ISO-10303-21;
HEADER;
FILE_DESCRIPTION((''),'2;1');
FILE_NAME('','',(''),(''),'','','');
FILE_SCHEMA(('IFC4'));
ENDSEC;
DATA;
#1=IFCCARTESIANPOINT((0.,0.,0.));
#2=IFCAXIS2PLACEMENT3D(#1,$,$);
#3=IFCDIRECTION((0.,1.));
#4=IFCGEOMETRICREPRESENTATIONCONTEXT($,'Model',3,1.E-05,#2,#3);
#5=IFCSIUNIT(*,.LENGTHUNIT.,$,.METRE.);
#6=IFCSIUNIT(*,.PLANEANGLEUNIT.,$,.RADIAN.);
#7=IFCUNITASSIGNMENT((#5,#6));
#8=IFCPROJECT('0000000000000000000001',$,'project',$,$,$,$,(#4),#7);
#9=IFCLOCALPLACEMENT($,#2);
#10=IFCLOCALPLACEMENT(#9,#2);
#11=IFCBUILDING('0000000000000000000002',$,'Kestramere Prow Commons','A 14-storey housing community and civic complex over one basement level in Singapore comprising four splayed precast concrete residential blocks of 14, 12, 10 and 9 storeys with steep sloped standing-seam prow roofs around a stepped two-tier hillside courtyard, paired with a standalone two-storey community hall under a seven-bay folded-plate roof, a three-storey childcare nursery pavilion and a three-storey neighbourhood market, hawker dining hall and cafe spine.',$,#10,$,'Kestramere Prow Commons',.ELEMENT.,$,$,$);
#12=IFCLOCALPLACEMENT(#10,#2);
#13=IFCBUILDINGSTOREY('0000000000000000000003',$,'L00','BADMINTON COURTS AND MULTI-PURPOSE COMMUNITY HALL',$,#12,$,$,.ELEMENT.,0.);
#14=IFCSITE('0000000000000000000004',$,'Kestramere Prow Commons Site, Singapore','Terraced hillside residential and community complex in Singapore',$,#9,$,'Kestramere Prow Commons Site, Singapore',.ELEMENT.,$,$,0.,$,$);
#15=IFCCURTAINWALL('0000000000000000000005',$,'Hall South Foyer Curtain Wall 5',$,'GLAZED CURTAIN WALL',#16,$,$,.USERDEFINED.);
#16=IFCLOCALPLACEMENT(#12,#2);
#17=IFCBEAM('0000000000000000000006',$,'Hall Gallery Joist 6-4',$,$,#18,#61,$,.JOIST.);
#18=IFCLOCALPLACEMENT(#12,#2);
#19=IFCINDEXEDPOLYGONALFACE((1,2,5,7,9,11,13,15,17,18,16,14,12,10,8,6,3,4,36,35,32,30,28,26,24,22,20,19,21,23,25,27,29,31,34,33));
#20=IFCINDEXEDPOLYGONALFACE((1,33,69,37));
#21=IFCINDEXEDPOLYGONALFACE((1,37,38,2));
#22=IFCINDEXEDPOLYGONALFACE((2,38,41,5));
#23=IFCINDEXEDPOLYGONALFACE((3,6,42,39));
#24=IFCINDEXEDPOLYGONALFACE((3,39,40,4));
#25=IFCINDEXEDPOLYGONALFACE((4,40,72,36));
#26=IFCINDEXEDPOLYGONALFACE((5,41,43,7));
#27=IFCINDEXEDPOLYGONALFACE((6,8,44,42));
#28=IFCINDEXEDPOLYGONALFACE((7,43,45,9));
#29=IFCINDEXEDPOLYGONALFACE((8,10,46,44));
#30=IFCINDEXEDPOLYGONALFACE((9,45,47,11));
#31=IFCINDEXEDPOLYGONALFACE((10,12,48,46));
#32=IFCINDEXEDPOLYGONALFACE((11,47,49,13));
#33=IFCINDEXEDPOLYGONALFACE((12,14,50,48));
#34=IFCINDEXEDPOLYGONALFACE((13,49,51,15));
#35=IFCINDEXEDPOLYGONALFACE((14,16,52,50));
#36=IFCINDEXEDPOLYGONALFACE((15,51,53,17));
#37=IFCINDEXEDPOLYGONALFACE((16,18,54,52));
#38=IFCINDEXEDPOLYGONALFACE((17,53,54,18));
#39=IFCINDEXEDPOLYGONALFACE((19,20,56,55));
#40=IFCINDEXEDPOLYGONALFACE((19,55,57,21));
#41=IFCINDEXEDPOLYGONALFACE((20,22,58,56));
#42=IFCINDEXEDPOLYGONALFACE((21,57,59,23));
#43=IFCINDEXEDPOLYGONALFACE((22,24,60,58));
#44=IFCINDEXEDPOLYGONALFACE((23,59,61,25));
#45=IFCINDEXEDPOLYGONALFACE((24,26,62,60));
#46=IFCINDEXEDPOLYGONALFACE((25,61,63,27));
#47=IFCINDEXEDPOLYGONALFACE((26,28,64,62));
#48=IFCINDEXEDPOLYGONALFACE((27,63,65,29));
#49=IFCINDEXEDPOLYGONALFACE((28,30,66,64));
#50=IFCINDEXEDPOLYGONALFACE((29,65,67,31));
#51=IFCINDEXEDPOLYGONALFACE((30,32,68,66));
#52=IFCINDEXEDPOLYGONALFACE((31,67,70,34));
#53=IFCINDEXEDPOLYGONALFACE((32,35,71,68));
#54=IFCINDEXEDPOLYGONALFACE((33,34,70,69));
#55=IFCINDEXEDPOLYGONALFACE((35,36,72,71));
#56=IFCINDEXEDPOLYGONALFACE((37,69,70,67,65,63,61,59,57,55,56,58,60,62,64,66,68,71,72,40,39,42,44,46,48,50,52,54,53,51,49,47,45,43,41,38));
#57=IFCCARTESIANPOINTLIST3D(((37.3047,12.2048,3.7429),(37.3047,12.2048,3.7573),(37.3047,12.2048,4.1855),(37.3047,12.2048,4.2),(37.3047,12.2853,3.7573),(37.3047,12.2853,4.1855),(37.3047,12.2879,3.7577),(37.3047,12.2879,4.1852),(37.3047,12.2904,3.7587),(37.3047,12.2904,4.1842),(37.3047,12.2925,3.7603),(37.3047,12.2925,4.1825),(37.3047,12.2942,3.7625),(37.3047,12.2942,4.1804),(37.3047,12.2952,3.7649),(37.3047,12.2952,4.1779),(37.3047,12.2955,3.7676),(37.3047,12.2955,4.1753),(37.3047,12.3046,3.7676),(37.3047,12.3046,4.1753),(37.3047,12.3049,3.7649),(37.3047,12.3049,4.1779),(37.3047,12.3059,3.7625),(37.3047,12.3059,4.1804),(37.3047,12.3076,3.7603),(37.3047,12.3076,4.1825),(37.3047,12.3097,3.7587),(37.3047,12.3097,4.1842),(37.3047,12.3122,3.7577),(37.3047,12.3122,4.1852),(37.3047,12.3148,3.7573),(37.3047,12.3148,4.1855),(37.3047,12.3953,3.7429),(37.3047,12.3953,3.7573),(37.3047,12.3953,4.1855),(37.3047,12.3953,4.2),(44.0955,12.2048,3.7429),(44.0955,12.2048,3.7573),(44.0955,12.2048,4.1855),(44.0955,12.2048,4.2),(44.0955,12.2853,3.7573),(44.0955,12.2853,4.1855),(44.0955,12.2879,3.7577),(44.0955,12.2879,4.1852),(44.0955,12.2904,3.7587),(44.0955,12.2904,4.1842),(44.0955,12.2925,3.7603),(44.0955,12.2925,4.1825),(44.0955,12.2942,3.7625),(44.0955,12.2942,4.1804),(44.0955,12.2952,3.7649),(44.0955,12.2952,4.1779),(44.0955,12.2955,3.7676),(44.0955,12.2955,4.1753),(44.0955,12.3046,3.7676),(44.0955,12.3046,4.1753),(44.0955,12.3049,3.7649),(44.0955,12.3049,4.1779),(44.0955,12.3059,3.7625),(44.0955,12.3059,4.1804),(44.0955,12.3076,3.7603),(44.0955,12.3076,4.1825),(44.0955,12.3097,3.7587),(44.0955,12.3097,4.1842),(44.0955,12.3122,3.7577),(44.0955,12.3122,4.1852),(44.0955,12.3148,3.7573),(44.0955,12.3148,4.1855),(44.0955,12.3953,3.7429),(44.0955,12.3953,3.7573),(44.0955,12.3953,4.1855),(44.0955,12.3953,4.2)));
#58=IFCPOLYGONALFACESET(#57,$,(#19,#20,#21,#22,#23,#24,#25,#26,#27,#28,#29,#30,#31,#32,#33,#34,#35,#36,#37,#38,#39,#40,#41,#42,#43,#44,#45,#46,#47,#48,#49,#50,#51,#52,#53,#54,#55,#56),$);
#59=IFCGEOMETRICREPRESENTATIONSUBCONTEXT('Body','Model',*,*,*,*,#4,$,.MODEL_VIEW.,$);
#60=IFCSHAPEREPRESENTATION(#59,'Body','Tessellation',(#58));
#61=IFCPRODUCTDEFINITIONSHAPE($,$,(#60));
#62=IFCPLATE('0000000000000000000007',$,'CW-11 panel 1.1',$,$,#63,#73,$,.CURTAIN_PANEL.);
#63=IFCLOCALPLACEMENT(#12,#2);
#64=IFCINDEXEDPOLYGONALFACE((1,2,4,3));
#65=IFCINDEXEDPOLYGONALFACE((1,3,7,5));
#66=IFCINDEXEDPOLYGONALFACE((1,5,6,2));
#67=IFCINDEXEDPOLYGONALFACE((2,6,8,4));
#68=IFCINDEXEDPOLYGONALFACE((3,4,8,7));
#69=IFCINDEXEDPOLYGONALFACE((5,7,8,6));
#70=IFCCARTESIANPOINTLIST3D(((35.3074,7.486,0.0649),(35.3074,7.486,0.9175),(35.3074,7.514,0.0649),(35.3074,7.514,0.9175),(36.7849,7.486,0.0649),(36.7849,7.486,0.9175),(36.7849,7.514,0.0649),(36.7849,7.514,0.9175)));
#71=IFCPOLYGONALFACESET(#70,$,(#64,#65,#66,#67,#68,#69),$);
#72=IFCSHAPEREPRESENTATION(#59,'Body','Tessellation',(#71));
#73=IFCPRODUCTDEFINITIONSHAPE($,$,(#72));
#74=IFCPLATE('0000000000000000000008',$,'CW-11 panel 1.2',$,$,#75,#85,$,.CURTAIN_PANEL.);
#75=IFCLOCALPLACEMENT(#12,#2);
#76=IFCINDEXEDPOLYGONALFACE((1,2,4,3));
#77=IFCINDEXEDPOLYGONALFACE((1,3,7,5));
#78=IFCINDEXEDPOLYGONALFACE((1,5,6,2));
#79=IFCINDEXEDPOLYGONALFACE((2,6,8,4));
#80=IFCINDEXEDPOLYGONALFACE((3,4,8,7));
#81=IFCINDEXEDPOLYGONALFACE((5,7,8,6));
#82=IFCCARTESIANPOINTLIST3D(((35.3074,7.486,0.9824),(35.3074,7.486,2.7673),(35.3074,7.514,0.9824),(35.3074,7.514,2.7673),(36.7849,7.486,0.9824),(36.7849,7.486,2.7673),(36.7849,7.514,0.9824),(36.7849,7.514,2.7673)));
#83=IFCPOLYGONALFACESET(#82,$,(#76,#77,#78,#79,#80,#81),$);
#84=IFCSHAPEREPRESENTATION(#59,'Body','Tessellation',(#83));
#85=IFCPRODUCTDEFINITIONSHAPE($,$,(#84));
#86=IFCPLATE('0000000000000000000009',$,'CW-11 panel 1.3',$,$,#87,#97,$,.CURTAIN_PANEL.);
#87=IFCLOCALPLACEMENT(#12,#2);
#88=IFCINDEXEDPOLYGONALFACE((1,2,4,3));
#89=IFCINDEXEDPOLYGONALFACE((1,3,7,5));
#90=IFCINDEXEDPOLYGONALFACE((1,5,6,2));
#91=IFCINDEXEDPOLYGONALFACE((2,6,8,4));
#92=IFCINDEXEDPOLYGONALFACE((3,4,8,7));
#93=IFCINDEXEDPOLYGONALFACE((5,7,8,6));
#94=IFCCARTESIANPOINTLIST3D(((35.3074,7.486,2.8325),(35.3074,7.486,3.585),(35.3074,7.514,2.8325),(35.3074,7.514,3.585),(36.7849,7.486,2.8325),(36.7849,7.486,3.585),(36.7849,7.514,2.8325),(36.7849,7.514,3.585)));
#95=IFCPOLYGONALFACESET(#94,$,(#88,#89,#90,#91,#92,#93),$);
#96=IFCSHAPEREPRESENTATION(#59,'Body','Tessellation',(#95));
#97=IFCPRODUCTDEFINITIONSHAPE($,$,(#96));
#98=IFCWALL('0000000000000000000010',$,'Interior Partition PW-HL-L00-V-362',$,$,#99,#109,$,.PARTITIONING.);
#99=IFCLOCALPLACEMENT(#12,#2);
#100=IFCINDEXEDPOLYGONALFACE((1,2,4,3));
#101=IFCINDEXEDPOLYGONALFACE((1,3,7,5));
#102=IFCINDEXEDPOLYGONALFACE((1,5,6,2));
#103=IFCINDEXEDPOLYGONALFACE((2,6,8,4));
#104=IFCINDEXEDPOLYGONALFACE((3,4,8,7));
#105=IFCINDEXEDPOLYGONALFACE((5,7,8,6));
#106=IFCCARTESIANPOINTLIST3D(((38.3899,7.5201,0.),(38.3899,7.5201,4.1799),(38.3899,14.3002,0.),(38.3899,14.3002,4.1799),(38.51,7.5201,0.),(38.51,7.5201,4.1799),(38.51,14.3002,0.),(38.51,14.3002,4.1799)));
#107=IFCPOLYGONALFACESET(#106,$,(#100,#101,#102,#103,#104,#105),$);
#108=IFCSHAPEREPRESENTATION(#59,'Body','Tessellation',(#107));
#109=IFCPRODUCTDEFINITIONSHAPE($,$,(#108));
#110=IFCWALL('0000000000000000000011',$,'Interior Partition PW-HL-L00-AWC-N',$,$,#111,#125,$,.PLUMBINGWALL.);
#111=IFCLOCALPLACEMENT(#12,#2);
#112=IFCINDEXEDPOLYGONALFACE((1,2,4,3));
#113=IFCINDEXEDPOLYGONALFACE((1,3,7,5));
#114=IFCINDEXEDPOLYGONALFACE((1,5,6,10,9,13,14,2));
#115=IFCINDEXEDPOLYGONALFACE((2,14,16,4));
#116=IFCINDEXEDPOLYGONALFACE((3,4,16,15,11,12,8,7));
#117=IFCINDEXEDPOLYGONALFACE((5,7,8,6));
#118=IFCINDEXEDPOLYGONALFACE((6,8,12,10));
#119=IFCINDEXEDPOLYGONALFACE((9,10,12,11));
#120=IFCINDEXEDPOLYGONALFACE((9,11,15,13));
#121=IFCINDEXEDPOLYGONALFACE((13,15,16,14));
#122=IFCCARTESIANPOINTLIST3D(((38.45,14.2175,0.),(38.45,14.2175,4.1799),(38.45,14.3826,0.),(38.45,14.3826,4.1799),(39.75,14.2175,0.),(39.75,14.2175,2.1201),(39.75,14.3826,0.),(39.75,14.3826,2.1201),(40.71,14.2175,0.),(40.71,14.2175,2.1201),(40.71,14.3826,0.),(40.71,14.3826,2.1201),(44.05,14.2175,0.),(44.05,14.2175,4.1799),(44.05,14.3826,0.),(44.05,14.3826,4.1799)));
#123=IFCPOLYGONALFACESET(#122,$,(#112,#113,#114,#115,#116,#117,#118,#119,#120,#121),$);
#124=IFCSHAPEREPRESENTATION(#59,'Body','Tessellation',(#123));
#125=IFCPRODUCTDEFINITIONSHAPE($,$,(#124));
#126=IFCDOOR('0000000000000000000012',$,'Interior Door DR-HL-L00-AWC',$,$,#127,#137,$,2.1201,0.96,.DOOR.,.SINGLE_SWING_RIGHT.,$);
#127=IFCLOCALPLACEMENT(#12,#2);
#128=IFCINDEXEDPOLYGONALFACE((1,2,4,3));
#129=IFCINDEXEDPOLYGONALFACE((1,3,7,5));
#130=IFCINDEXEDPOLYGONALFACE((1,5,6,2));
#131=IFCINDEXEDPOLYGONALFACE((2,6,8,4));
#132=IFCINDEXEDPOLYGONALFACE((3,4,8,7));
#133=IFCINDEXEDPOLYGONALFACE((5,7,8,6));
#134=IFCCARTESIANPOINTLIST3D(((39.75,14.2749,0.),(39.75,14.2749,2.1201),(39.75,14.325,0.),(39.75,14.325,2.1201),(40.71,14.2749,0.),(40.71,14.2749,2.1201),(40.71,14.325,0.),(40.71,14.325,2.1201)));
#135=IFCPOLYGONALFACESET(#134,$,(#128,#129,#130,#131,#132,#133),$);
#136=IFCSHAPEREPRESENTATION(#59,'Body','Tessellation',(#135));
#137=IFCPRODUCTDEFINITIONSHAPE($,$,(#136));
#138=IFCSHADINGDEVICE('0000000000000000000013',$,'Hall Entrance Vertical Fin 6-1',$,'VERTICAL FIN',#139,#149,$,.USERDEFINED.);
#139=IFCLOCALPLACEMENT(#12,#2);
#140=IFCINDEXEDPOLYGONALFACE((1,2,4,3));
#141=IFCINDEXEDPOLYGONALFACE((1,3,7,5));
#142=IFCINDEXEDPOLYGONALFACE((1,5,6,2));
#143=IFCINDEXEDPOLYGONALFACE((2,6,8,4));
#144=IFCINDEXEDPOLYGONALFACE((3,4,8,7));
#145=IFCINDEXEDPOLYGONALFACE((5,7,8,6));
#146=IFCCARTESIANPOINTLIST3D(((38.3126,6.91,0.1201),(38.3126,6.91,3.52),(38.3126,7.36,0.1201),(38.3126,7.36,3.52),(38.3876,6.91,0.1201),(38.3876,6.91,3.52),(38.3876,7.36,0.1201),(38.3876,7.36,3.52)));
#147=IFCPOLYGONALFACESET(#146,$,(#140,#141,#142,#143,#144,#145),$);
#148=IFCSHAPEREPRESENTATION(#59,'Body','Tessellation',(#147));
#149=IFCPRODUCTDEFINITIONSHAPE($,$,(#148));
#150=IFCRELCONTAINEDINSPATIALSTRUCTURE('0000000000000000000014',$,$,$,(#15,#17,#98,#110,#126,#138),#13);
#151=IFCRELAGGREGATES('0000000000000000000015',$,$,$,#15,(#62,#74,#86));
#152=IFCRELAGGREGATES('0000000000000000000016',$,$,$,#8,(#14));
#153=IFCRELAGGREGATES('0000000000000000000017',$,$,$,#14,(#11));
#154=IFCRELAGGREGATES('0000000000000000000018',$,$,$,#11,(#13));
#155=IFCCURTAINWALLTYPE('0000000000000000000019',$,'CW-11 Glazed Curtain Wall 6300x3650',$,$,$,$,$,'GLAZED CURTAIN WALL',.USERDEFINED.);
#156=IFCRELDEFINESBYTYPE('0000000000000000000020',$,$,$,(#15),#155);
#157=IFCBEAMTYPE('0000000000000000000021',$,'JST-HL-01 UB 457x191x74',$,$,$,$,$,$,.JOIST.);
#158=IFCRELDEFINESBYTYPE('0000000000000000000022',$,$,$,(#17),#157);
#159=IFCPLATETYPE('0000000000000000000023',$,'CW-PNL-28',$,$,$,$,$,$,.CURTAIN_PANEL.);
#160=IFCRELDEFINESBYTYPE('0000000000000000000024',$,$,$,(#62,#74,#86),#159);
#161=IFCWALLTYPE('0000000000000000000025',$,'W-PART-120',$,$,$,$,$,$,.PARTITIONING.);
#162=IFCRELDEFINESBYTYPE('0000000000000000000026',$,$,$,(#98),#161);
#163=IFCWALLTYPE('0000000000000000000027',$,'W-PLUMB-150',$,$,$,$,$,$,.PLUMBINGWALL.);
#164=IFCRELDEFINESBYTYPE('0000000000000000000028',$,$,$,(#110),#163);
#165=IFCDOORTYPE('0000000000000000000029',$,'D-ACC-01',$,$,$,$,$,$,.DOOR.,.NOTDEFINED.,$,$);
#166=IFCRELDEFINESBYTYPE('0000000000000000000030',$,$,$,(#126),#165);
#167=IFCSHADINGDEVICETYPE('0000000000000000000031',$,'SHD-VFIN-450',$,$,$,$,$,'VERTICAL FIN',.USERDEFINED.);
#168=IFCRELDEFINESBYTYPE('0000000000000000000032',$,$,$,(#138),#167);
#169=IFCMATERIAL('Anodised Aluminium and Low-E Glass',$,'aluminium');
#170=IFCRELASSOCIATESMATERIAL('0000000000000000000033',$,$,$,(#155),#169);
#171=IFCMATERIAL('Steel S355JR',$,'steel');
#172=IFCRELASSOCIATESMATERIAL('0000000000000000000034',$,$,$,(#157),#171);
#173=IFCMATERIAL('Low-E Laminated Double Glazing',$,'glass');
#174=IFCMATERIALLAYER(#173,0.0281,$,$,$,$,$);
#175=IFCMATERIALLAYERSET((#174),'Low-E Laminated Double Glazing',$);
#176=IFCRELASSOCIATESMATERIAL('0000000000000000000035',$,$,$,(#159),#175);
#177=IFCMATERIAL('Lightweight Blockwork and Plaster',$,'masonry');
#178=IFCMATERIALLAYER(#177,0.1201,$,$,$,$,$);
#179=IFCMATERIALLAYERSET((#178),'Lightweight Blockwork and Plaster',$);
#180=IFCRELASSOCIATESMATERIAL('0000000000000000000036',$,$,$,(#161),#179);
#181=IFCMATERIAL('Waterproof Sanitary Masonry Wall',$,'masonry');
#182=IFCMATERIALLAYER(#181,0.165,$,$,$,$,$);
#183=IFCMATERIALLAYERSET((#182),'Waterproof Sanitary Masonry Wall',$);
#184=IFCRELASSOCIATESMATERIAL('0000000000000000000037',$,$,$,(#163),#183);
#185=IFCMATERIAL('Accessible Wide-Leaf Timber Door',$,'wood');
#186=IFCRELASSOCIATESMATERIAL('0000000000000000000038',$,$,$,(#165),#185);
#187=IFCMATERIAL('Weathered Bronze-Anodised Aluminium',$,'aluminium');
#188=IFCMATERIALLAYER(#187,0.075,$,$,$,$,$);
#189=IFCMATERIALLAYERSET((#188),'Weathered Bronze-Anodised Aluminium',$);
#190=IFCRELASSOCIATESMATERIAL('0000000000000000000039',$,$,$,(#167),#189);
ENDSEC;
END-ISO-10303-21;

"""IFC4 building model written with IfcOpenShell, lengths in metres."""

from ifc_helpers import new_model, si_unit, direction, frame, frame_2d, origin, origin_2d, place, context, subcontext, project, spatial, rectangle, i_section, extrude, material, layer, layer_set, material_profile, profile_set, type_object, element, fill, aggregate, save


model = new_model("IFC4")

# Units and contexts
model_context = context("Model", 3, precision=1e-05, world=origin(), true_north=direction((0.0, 1.0)))
body_context = subcontext(model_context, "Body", "Model", "MODEL_VIEW")
ifc_project = project(units=[si_unit("LENGTHUNIT", "METRE"), si_unit("PLANEANGLEUNIT", "RADIAN")], contexts=[model_context])

# Site, building, storey
site_placement = place(None, origin())
site = spatial("IfcSite", under=ifc_project, at=site_placement, Name="Kestramere Prow Commons Site, Singapore", Description="Terraced hillside residential and community complex in Singapore", LongName="Kestramere Prow Commons Site, Singapore", CompositionType="ELEMENT", RefElevation=0.0)
building_placement = place(site_placement, origin())
building = spatial("IfcBuilding", under=site, at=building_placement, Name="Kestramere Prow Commons", Description="A 14-storey housing community and civic complex over one basement level in Singapore comprising four splayed precast concrete residential blocks of 14, 12, 10 and 9 storeys with steep sloped standing-seam prow roofs around a stepped two-tier hillside courtyard, paired with a standalone two-storey community hall under a seven-bay folded-plate roof, a three-storey childcare nursery pavilion and a three-storey neighbourhood market, hawker dining hall and cafe spine.", LongName="Kestramere Prow Commons", CompositionType="ELEMENT")
storey_placement = place(building_placement, origin())
storey = spatial("IfcBuildingStorey", under=building, at=storey_placement, Name="L00", Description="BADMINTON COURTS AND MULTI-PURPOSE COMMUNITY HALL", CompositionType="ELEMENT", Elevation=0.0)

# Shared definitions
ifc_material_1 = material(Name="Steel S355JR", Category="steel")

# Curtain wall
ifc_material_2 = material(Name="Anodised Aluminium and Low-E Glass", Category="aluminium")
curtain_wall_type = type_object("IfcCurtainWallType", Name="CW-11 Glazed Curtain Wall 6300x3650", ElementType="GLAZED CURTAIN WALL", PredefinedType="USERDEFINED", material=ifc_material_2)
curtain_wall_placement = place(storey_placement, origin())
curtain_wall = element("IfcCurtainWall", 1, at=curtain_wall_placement, inside=storey, type_object=curtain_wall_type, Name="Hall South Foyer Curtain Wall 5", ObjectType="GLAZED CURTAIN WALL", PredefinedType="USERDEFINED")

# Beam
ifc_material_profile_1 = material_profile(ifc_material_1, i_section(OverallWidth=0.1904, OverallDepth=0.457, WebThickness=0.009, FlangeThickness=0.0144, FilletRadius=0.0103, at=origin_2d()), Name="UB 457x191x74")
ifc_profile_set_1 = profile_set([ifc_material_profile_1], Name="Steel S355JR")
beam_type_1 = type_object("IfcBeamType", Name="JST-HL-01 UB 457x191x74", PredefinedType="JOIST", material=ifc_profile_set_1)
for number, where, z_axis, x_axis, name in (
    (2, (37.3047, 12.3, 3.9714), (1.0, 0.0, 0.0), (0.0, 1.0, 0.0), "Hall Gallery Joist 6-4"),
):
    element("IfcBeam", number, at=place(storey_placement, frame(where, z_axis=z_axis, x_axis=x_axis)), inside=storey, type_object=beam_type_1, Name=name, PredefinedType="JOIST", context=body_context, shape_type="SweptSolid", body=[
        extrude(i_section(OverallWidth=0.1904, OverallDepth=0.457, WebThickness=0.009, FlangeThickness=0.0144, FilletRadius=0.0103, at=origin_2d()), origin(), (0.0, 0.0, 1.0), 6.7908),
    ])

# Plates
ifc_material_3 = material(Name="Low-E Laminated Double Glazing", Category="glass")
ifc_layer_1 = layer(ifc_material_3, 0.0281)
ifc_layer_set_1 = layer_set([ifc_layer_1], Name="Low-E Laminated Double Glazing")
plate_type = type_object("IfcPlateType", Name="CW-PNL-28", PredefinedType="CURTAIN_PANEL", material=ifc_layer_set_1)
plate_1_placement = place(storey_placement, frame((36.0461, 7.5, 0.0649), z_axis=(0.0, 0.0, 1.0), x_axis=(-1.0, 0.0, 0.0)))
plate_1 = element("IfcPlate", 3, at=plate_1_placement, type_object=plate_type, Name="CW-11 panel 1.1", PredefinedType="CURTAIN_PANEL", context=body_context, shape_type="SweptSolid", body=[
    extrude(rectangle(XDim=1.4775, YDim=0.0281, at=origin_2d()), origin(), (0.0, 0.0, 1.0), 0.8525),
])
plate_2_placement = place(storey_placement, frame((36.0461, 7.5, 0.9824), z_axis=(0.0, 0.0, 1.0), x_axis=(-1.0, 0.0, 0.0)))
plate_2 = element("IfcPlate", 4, at=plate_2_placement, type_object=plate_type, Name="CW-11 panel 1.2", PredefinedType="CURTAIN_PANEL", context=body_context, shape_type="SweptSolid", body=[
    extrude(rectangle(XDim=1.4775, YDim=0.0281, at=origin_2d()), origin(), (0.0, 0.0, 1.0), 1.7849),
])
plate_3_placement = place(storey_placement, frame((36.0461, 7.5, 2.8325), z_axis=(0.0, 0.0, 1.0), x_axis=(-1.0, 0.0, 0.0)))
plate_3 = element("IfcPlate", 5, at=plate_3_placement, type_object=plate_type, Name="CW-11 panel 1.3", PredefinedType="CURTAIN_PANEL", context=body_context, shape_type="SweptSolid", body=[
    extrude(rectangle(XDim=1.4775, YDim=0.0281, at=origin_2d()), origin(), (0.0, 0.0, 1.0), 0.7524),
])
aggregate(curtain_wall, [plate_1, plate_2, plate_3])

# Wall
ifc_material_4 = material(Name="Lightweight Blockwork and Plaster", Category="masonry")
ifc_layer_2 = layer(ifc_material_4, 0.1201)
ifc_layer_set_2 = layer_set([ifc_layer_2], Name="Lightweight Blockwork and Plaster")
wall_type_1 = type_object("IfcWallType", Name="W-PART-120", PredefinedType="PARTITIONING", material=ifc_layer_set_2)
wall_1_placement = place(storey_placement, frame((38.45, 7.52, 0.0), z_axis=(0.0, 0.0, 1.0), x_axis=(0.0, 1.0, 0.0)))
element("IfcWall", 6, at=wall_1_placement, inside=storey, type_object=wall_type_1, Name="Interior Partition PW-HL-L00-V-362", PredefinedType="PARTITIONING", context=body_context, shape_type="SweptSolid", body=[
    extrude(rectangle(XDim=6.78, YDim=0.1201, at=frame_2d((3.3901, 0.0))), origin(), (0.0, 0.0, 1.0), 4.1799),
])

# Wall, opening, door
ifc_material_5 = material(Name="Waterproof Sanitary Masonry Wall", Category="masonry")
ifc_layer_3 = layer(ifc_material_5, 0.165)
ifc_layer_set_3 = layer_set([ifc_layer_3], Name="Waterproof Sanitary Masonry Wall")
wall_type_2 = type_object("IfcWallType", Name="W-PLUMB-150", PredefinedType="PLUMBINGWALL", material=ifc_layer_set_3)
wall_2_placement = place(storey_placement, frame((38.45, 14.3, 0.0), z_axis=(0.0, 0.0, 1.0), x_axis=(1.0, 0.0, 0.0)))
wall_2 = element("IfcWall", 7, at=wall_2_placement, inside=storey, type_object=wall_type_2, Name="Interior Partition PW-HL-L00-AWC-N", PredefinedType="PLUMBINGWALL", context=body_context, shape_type="SweptSolid", body=[
    extrude(rectangle(XDim=5.6001, YDim=0.165, at=frame_2d((2.8, 0.0))), origin(), (0.0, 0.0, 1.0), 4.1799),
])
opening_placement = place(wall_2_placement, frame((1.3, 0.0, 0.0)))
opening = element("IfcOpeningElement", 8, at=opening_placement, cuts=wall_2, PredefinedType="OPENING", context=body_context, shape_type="SweptSolid", body=[
    extrude(rectangle(XDim=0.96, YDim=2.1201, at=frame_2d((0.48, 1.0601))), frame((0.0, 0.0974, 0.0), z_axis=(0.0, -1.0, 0.0), x_axis=(1.0, 0.0, 0.0)), (0.0, 0.0, 1.0), 0.1951),
])
ifc_material_6 = material(Name="Accessible Wide-Leaf Timber Door", Category="wood")
door_type = type_object("IfcDoorType", Name="D-ACC-01", OperationType="NOTDEFINED", PredefinedType="DOOR", material=ifc_material_6)
door_placement = place(opening_placement, origin())
door = element("IfcDoor", 9, at=door_placement, inside=storey, type_object=door_type, Name="Interior Door DR-HL-L00-AWC", OperationType="SINGLE_SWING_RIGHT", OverallHeight=2.1201, OverallWidth=0.96, PredefinedType="DOOR", context=body_context, shape_type="SweptSolid", body=[
    extrude(rectangle(XDim=0.96, YDim=2.1201, at=frame_2d((0.48, 1.0601))), frame((0.0, 0.0249, 0.0), z_axis=(0.0, -1.0, 0.0), x_axis=(1.0, 0.0, 0.0)), (0.0, 0.0, 1.0), 0.05),
])
fill(opening, door)

# Shading device
ifc_material_7 = material(Name="Weathered Bronze-Anodised Aluminium", Category="aluminium")
ifc_layer_4 = layer(ifc_material_7, 0.075)
ifc_layer_set_4 = layer_set([ifc_layer_4], Name="Weathered Bronze-Anodised Aluminium")
shading_device_type = type_object("IfcShadingDeviceType", Name="SHD-VFIN-450", ElementType="VERTICAL FIN", PredefinedType="USERDEFINED", material=ifc_layer_set_4)
shading_device_placement = place(storey_placement, frame((38.3501, 7.135, 0.1201), z_axis=(0.0, 0.0, 1.0), x_axis=(1.0, 0.0, 0.0)))
element("IfcShadingDevice", 10, at=shading_device_placement, inside=storey, type_object=shading_device_type, Name="Hall Entrance Vertical Fin 6-1", ObjectType="VERTICAL FIN", PredefinedType="USERDEFINED", context=body_context, shape_type="SweptSolid", body=[
    extrude(rectangle(XDim=0.075, YDim=0.45, at=origin_2d()), origin(), (0.0, 0.0, 1.0), 3.3999),
])

save(model, "model.ifc")
